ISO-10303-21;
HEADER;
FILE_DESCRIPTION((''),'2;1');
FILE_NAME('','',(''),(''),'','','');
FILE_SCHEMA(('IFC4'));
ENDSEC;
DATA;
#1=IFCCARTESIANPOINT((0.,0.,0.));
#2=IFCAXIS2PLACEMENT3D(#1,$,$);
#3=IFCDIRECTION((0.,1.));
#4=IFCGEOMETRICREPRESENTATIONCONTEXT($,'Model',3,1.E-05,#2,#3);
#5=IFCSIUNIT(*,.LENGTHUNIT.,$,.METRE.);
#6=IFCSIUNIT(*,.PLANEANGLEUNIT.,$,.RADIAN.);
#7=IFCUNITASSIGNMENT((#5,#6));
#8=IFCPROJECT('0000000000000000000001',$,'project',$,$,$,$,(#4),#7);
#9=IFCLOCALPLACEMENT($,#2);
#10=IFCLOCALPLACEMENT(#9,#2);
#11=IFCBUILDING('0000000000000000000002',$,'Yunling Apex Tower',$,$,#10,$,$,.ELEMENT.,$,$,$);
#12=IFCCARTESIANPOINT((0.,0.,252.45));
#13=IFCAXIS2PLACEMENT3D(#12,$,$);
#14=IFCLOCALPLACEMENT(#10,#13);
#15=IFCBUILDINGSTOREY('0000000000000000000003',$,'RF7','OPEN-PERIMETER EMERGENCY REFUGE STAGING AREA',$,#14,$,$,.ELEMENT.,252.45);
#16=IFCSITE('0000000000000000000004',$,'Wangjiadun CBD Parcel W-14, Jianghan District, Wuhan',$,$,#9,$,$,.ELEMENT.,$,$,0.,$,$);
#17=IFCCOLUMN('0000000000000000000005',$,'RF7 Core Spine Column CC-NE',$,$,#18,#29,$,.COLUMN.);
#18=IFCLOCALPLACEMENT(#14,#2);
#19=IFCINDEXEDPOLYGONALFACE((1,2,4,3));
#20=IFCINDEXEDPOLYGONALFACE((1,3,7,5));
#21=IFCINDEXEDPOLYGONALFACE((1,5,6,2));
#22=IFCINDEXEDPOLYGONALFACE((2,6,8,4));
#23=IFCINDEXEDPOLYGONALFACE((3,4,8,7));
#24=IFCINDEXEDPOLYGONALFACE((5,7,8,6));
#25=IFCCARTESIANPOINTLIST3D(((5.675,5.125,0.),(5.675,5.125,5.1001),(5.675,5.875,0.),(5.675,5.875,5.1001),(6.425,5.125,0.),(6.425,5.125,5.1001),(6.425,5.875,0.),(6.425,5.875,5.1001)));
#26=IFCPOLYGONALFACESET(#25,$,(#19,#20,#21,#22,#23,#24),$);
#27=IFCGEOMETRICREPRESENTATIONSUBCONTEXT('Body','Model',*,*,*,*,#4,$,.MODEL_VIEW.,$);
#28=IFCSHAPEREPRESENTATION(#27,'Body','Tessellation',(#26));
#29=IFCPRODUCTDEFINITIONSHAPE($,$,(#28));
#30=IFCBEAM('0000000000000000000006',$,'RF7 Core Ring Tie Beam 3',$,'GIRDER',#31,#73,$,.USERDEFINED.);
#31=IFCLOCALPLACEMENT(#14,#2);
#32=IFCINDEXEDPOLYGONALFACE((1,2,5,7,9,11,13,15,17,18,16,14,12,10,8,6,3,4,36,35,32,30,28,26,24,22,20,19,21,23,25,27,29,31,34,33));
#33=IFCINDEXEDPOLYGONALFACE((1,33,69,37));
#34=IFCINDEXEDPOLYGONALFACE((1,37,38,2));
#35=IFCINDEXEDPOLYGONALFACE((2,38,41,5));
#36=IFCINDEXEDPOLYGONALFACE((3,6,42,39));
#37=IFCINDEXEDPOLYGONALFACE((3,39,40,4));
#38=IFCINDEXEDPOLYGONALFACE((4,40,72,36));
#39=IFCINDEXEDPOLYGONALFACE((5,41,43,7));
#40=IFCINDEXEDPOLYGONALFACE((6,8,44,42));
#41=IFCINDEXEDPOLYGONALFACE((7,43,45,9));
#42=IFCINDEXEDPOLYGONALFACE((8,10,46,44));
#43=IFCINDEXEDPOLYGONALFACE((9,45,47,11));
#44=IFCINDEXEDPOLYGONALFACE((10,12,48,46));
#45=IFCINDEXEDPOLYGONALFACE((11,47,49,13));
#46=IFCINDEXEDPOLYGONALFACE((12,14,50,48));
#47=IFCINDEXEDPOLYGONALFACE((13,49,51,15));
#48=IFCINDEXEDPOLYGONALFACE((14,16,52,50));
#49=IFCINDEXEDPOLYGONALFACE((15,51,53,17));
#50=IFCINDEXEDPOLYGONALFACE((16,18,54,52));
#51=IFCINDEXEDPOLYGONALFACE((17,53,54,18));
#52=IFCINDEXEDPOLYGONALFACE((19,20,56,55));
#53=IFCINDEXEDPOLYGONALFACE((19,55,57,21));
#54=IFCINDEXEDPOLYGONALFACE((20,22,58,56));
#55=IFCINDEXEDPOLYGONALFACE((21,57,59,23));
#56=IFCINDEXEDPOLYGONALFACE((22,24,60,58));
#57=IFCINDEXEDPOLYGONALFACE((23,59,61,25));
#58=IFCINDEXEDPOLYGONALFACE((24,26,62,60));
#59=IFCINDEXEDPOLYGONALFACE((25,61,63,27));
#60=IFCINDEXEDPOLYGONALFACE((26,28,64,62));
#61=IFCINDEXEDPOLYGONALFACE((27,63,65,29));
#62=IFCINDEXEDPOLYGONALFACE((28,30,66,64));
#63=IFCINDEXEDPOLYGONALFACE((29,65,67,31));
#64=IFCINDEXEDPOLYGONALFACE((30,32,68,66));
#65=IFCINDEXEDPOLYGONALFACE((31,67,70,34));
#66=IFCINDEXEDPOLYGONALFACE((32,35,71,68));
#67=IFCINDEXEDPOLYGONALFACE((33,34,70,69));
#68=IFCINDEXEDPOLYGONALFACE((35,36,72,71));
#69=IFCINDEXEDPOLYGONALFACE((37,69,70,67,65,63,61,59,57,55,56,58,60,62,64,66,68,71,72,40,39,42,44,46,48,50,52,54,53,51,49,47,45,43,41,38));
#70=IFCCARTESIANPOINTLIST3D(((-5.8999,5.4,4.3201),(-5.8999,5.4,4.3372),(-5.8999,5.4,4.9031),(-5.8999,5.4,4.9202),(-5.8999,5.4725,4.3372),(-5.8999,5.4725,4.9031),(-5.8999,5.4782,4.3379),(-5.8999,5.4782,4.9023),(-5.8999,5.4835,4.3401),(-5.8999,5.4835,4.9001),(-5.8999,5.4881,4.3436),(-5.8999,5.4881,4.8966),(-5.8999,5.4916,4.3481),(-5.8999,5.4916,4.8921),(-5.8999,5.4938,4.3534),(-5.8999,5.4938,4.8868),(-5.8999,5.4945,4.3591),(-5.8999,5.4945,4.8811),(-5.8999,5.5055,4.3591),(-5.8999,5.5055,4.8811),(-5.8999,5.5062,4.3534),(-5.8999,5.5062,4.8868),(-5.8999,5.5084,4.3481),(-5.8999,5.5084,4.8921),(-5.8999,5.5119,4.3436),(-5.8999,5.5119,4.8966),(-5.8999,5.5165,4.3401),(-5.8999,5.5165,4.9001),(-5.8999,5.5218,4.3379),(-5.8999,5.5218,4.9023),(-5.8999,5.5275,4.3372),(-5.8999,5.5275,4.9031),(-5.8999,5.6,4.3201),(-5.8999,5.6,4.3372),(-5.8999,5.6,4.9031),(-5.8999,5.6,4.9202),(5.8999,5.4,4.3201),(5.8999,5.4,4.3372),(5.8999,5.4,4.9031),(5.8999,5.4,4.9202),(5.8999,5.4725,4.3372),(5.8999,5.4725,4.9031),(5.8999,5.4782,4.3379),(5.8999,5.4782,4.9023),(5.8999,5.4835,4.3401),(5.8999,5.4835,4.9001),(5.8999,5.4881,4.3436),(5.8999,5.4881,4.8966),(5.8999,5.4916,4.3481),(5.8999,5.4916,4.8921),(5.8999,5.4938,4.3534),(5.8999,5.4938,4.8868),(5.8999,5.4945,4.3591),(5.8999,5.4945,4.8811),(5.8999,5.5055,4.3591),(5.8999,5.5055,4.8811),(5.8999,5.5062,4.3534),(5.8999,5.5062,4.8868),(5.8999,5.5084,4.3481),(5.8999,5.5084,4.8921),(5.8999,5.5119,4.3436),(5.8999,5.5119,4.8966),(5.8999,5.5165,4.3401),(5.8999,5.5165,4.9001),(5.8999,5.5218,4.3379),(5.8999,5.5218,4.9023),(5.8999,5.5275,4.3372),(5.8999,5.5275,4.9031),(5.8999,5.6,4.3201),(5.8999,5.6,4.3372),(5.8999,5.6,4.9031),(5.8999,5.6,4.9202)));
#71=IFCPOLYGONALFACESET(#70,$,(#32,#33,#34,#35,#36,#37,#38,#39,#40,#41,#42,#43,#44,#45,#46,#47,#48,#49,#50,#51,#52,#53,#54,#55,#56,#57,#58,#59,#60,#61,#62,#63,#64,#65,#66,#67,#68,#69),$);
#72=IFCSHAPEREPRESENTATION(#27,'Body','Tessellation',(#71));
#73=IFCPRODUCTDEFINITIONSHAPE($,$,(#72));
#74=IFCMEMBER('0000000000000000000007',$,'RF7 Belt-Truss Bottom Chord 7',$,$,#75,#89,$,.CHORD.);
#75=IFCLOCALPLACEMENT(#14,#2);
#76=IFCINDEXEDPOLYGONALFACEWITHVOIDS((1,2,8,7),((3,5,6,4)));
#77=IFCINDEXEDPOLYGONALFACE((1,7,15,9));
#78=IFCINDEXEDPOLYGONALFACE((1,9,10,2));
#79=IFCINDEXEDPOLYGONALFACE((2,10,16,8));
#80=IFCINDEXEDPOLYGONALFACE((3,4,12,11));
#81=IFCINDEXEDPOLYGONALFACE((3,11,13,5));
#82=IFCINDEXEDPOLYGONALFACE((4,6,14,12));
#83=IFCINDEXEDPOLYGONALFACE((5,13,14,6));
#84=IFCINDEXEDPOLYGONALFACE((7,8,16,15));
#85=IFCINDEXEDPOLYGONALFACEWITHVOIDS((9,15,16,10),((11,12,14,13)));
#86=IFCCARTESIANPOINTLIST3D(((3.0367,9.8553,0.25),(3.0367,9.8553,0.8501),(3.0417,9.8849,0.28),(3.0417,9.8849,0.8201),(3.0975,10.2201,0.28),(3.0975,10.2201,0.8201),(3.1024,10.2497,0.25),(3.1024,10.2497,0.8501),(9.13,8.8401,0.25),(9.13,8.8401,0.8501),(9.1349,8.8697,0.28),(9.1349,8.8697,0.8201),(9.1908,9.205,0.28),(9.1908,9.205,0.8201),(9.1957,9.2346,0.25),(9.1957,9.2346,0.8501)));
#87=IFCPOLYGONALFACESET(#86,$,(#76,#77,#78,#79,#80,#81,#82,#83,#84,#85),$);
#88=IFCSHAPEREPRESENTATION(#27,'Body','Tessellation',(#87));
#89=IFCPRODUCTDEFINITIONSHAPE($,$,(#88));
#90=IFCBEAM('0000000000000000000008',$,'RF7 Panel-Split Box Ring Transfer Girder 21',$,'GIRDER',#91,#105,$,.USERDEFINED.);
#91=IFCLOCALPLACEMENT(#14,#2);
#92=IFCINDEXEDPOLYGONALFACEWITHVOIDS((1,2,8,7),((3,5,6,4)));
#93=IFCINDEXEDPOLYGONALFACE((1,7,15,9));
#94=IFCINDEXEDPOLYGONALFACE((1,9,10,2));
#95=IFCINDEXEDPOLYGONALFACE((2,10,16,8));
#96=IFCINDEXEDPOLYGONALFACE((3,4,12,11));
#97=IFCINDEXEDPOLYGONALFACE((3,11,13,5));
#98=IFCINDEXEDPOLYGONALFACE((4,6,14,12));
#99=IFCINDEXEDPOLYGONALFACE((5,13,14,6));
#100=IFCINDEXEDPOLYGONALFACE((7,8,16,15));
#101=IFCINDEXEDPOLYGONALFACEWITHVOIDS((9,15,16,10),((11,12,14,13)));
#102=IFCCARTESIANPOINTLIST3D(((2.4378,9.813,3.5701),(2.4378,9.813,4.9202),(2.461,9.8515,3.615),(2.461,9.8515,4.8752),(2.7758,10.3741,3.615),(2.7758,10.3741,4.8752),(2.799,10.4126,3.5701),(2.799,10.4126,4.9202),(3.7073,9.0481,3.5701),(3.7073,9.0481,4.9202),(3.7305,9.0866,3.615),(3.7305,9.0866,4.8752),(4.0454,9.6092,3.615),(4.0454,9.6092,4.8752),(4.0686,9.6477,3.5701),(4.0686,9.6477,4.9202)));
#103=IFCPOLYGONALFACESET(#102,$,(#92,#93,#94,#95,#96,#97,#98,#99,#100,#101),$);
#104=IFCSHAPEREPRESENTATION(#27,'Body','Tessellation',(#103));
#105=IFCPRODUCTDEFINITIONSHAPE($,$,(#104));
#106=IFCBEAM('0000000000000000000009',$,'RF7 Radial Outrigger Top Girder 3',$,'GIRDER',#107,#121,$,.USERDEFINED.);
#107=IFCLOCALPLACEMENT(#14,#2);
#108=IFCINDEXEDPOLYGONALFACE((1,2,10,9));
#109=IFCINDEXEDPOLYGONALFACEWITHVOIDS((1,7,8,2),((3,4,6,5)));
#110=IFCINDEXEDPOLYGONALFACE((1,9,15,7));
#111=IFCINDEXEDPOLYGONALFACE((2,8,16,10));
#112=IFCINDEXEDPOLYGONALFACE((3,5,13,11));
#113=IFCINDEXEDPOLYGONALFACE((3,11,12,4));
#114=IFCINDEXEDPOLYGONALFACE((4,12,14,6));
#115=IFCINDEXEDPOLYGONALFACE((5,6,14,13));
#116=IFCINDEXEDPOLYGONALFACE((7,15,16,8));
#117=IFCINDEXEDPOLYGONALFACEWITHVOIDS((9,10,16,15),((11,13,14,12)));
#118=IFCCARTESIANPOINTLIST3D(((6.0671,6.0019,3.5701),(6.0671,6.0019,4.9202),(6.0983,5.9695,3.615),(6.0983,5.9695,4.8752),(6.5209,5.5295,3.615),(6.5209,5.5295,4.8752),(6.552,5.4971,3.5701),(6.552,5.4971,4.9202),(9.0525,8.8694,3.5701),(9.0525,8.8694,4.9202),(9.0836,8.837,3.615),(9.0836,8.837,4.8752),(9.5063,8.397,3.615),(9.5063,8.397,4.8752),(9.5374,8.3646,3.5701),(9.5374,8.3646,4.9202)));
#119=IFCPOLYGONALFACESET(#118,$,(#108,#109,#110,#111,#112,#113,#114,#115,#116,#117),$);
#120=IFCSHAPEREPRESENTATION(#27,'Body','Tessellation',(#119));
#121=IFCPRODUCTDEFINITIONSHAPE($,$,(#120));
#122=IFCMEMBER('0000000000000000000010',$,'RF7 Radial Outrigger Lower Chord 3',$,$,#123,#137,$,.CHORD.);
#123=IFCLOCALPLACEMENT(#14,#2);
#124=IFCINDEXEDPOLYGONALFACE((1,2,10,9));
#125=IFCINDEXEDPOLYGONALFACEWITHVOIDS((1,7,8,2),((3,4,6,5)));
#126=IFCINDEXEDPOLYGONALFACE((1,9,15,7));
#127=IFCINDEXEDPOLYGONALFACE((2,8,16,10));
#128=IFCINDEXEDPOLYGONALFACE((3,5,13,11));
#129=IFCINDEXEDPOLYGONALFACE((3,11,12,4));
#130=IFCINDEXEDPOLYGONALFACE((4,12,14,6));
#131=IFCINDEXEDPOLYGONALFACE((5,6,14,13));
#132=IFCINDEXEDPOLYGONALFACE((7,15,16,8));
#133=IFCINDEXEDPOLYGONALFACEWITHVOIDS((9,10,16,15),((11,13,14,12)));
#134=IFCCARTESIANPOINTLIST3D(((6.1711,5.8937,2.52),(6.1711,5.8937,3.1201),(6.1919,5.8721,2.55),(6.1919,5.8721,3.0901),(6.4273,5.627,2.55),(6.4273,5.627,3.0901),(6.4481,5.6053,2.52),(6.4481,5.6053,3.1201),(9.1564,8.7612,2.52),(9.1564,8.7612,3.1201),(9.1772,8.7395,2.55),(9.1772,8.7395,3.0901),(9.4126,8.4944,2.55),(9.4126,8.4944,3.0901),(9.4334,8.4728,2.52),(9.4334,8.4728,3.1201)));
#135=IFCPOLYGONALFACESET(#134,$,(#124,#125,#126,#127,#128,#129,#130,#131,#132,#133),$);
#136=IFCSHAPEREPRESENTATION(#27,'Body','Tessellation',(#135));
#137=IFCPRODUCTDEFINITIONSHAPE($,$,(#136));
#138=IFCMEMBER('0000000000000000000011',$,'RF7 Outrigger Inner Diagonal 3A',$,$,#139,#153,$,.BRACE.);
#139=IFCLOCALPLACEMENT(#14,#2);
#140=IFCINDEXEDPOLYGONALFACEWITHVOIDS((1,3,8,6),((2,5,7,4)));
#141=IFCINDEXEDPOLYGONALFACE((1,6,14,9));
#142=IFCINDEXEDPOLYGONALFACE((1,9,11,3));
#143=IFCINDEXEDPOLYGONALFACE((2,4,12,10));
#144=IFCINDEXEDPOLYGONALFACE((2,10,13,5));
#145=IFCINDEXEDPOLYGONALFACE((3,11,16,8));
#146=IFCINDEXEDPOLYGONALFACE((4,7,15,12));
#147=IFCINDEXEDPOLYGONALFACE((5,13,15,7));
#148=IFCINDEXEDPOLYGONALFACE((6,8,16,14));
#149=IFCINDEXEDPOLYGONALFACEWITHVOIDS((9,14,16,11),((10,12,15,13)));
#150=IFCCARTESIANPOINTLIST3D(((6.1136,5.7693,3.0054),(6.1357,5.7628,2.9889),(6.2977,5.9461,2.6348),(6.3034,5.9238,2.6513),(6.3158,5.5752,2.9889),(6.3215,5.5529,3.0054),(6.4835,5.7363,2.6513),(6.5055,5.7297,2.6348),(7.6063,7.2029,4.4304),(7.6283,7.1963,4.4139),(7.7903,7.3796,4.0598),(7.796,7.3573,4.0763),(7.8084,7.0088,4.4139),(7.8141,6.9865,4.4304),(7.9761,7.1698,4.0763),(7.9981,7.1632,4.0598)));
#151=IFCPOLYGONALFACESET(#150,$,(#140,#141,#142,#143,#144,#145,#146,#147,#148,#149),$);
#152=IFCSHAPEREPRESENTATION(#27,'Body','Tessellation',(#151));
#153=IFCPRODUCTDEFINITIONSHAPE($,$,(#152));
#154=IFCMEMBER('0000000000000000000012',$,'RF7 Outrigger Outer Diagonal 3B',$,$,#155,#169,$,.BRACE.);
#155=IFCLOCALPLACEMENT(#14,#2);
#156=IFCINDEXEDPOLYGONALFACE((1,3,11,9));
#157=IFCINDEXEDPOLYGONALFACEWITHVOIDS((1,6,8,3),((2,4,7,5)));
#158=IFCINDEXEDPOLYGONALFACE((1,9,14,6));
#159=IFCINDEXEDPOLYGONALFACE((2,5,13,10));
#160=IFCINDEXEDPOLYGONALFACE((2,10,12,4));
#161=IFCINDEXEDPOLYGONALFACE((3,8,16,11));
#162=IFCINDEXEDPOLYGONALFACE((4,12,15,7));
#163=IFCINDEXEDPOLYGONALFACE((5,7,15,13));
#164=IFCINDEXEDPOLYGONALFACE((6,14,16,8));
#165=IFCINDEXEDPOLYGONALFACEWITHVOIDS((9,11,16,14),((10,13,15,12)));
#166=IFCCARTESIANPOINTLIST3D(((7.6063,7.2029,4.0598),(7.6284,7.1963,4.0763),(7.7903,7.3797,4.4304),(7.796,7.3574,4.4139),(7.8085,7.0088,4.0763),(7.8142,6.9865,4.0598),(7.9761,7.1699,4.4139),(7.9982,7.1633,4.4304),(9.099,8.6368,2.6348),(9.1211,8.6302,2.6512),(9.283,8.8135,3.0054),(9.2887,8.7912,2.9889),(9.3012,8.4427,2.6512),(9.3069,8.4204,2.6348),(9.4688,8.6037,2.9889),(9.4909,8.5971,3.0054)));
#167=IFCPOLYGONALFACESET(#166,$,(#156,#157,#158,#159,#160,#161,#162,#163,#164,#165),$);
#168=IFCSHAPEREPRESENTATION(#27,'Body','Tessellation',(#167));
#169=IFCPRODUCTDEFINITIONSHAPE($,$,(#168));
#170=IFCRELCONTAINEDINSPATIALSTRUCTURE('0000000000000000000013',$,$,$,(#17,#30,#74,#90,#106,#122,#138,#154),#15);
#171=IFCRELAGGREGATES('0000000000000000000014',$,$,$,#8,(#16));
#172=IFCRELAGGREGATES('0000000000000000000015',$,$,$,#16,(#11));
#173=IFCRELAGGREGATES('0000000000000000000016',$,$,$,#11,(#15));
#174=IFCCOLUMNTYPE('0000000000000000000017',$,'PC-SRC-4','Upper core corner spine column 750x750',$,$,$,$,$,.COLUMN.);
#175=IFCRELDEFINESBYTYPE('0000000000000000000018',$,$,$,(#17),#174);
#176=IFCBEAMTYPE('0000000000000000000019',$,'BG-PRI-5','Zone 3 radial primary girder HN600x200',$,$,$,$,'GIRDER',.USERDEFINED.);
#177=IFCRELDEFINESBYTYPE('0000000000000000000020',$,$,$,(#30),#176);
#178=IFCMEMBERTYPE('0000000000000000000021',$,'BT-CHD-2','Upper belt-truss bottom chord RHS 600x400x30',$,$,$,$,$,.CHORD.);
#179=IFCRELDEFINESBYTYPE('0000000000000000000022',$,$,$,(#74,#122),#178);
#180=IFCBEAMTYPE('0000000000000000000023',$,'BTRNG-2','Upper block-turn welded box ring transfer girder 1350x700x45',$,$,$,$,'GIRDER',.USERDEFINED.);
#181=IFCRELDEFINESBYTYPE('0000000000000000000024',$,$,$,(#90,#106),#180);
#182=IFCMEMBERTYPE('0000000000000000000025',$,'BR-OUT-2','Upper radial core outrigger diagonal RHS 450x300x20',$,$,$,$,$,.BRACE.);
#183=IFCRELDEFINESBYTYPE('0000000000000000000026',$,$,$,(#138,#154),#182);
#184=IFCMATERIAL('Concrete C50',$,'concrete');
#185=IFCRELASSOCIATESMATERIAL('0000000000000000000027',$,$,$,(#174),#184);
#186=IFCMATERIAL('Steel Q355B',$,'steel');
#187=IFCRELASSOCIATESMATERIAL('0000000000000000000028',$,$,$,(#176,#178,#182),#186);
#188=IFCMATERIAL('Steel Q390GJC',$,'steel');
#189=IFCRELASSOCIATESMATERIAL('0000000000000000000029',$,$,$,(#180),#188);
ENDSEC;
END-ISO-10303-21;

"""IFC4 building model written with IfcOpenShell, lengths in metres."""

from ifc_helpers import new_model, si_unit, direction, frame, origin, origin_2d, place, context, subcontext, project, spatial, rectangle, hollow_rectangle, i_section, extrude, source, transform, mapped, material, material_profile, profile_set, type_object, element, save


model = new_model("IFC4")

# Units and contexts
model_context = context("Model", 3, precision=1e-05, world=origin(), true_north=direction((0.0, 1.0)))
body_context = subcontext(model_context, "Body", "Model", "MODEL_VIEW")
ifc_project = project(units=[si_unit("LENGTHUNIT", "METRE"), si_unit("PLANEANGLEUNIT", "RADIAN")], contexts=[model_context])

# Site, building, storey
site_placement = place(None, origin())
site = spatial("IfcSite", under=ifc_project, at=site_placement, Name="Wangjiadun CBD Parcel W-14, Jianghan District, Wuhan", CompositionType="ELEMENT", RefElevation=0.0)
building_placement = place(site_placement, origin())
building = spatial("IfcBuilding", under=site, at=building_placement, Name="Yunling Apex Tower", CompositionType="ELEMENT")
storey_placement = place(building_placement, frame((0.0, 0.0, 252.45)))
storey = spatial("IfcBuildingStorey", under=building, at=storey_placement, Name="RF7", Description="OPEN-PERIMETER EMERGENCY REFUGE STAGING AREA", CompositionType="ELEMENT", Elevation=252.45)

# Column
ifc_material_1 = material(Name="Concrete C50", Category="concrete")
ifc_material_profile_1 = material_profile(ifc_material_1, rectangle(XDim=0.75, YDim=0.75, at=origin_2d()))
ifc_profile_set_1 = profile_set([ifc_material_profile_1], Name="Concrete C50")
column_type = type_object("IfcColumnType", Name="PC-SRC-4", Description="Upper core corner spine column 750x750", PredefinedType="COLUMN", material=ifc_profile_set_1)
shared_shape_1 = source(origin(), body_context, "Body", "SweptSolid", [
    extrude(rectangle(XDim=0.75, YDim=0.75, at=origin_2d()), origin(), (0.0, 0.0, 1.0), 5.1001),
])
column_placement = place(storey_placement, frame((6.05, 5.5, 0.0), z_axis=(0.0, 0.0, 1.0), x_axis=(1.0, 0.0, 0.0)))
element("IfcColumn", 1, at=column_placement, inside=storey, type_object=column_type, Name="RF7 Core Spine Column CC-NE", PredefinedType="COLUMN", context=body_context, shape_type="MappedRepresentation", body=[
    mapped(shared_shape_1, transform((0.0, 0.0, 0.0), scale=1.0)),
])

# Beam
ifc_material_2 = material(Name="Steel Q355B", Category="steel")
ifc_material_profile_2 = material_profile(ifc_material_2, i_section(OverallWidth=0.2, OverallDepth=0.6001, WebThickness=0.011, FlangeThickness=0.0171, FilletRadius=0.022, at=origin_2d()))
ifc_profile_set_2 = profile_set([ifc_material_profile_2], Name="Steel Q355B")
beam_type_1 = type_object("IfcBeamType", Name="BG-PRI-5", Description="Zone 3 radial primary girder HN600x200", ElementType="GIRDER", PredefinedType="USERDEFINED", material=ifc_profile_set_2)
shared_shape_2 = source(origin(), body_context, "Body", "SweptSolid", [
    extrude(i_section(OverallWidth=0.2, OverallDepth=0.6001, WebThickness=0.011, FlangeThickness=0.0171, FilletRadius=0.022, at=origin_2d()), origin(), (0.0, 0.0, 1.0), 11.7998),
])
beam_1_placement = place(storey_placement, frame((5.8999, 5.5, 4.6201), z_axis=(-1.0, 0.0, 0.0), x_axis=(0.0, -1.0, 0.0)))
element("IfcBeam", 2, at=beam_1_placement, inside=storey, type_object=beam_type_1, Name="RF7 Core Ring Tie Beam 3", ObjectType="GIRDER", PredefinedType="USERDEFINED", context=body_context, shape_type="MappedRepresentation", body=[
    mapped(shared_shape_2, transform((0.0, 0.0, 0.0), scale=1.0)),
])

# Member
ifc_material_profile_3 = material_profile(ifc_material_2, hollow_rectangle(XDim=0.3999, YDim=0.6001, WallThickness=0.03, at=origin_2d()))
ifc_profile_set_3 = profile_set([ifc_material_profile_3], Name="Steel Q355B")
member_type_1 = type_object("IfcMemberType", Name="BT-CHD-2", Description="Upper belt-truss bottom chord RHS 600x400x30", PredefinedType="CHORD", material=ifc_profile_set_3)
shared_shape_3 = source(origin(), body_context, "Body", "SweptSolid", [
    extrude(hollow_rectangle(XDim=0.3999, YDim=0.6001, WallThickness=0.03, at=origin_2d()), origin(), (0.0, 0.0, 1.0), 6.1772),
])
member_1_placement = place(storey_placement, frame((9.1628, 9.0374, 0.55), z_axis=(-0.986405, 0.164335, 0.0), x_axis=(-0.164335, -0.986405, 0.0)))
element("IfcMember", 3, at=member_1_placement, inside=storey, type_object=member_type_1, Name="RF7 Belt-Truss Bottom Chord 7", PredefinedType="CHORD", context=body_context, shape_type="MappedRepresentation", body=[
    mapped(shared_shape_3, transform((0.0, 0.0, 0.0), scale=1.0)),
])

# Beams
ifc_material_3 = material(Name="Steel Q390GJC", Category="steel")
ifc_material_profile_4 = material_profile(ifc_material_3, hollow_rectangle(XDim=0.7, YDim=1.3501, WallThickness=0.0449, at=origin_2d()))
ifc_profile_set_4 = profile_set([ifc_material_profile_4], Name="Steel Q390GJC")
beam_type_2 = type_object("IfcBeamType", Name="BTRNG-2", Description="Upper block-turn welded box ring transfer girder 1350x700x45", ElementType="GIRDER", PredefinedType="USERDEFINED", material=ifc_profile_set_4)
shared_shape_4 = source(origin(), body_context, "Body", "SweptSolid", [
    extrude(hollow_rectangle(XDim=0.7, YDim=1.3501, WallThickness=0.0449, at=origin_2d()), origin(), (0.0, 0.0, 1.0), 1.4822),
])
beam_2_placement = place(storey_placement, frame((3.8879, 9.3479, 4.2451), z_axis=(-0.856547, 0.516069, 0.0), x_axis=(-0.516069, -0.856547, 0.0)))
element("IfcBeam", 4, at=beam_2_placement, inside=storey, type_object=beam_type_2, Name="RF7 Panel-Split Box Ring Transfer Girder 21", ObjectType="GIRDER", PredefinedType="USERDEFINED", context=body_context, shape_type="MappedRepresentation", body=[
    mapped(shared_shape_4, transform((0.0, 0.0, 0.0), scale=1.0)),
])
shared_shape_5 = source(origin(), body_context, "Body", "SweptSolid", [
    extrude(hollow_rectangle(XDim=0.7, YDim=1.3501, WallThickness=0.0449, at=origin_2d()), origin(), (0.0, 0.0, 1.0), 4.1394),
])
beam_3_placement = place(storey_placement, frame((6.3096, 5.7495, 4.2451), z_axis=(0.721207, 0.69272, 0.0), x_axis=(-0.69272, 0.721207, 0.0)))
element("IfcBeam", 5, at=beam_3_placement, inside=storey, type_object=beam_type_2, Name="RF7 Radial Outrigger Top Girder 3", ObjectType="GIRDER", PredefinedType="USERDEFINED", context=body_context, shape_type="MappedRepresentation", body=[
    mapped(shared_shape_5, transform((0.0, 0.0, 0.0), scale=1.0)),
])

# Members
shared_shape_6 = source(origin(), body_context, "Body", "SweptSolid", [
    extrude(hollow_rectangle(XDim=0.3999, YDim=0.6001, WallThickness=0.03, at=origin_2d()), origin(), (0.0, 0.0, 1.0), 4.1394),
])
member_2_placement = place(storey_placement, frame((6.3096, 5.7495, 2.8201), z_axis=(0.721207, 0.69272, 0.0), x_axis=(-0.69272, 0.721207, 0.0)))
element("IfcMember", 6, at=member_2_placement, inside=storey, type_object=member_type_1, Name="RF7 Radial Outrigger Lower Chord 3", PredefinedType="CHORD", context=body_context, shape_type="MappedRepresentation", body=[
    mapped(shared_shape_6, transform((0.0, 0.0, 0.0), scale=1.0)),
])
ifc_material_profile_5 = material_profile(ifc_material_2, hollow_rectangle(XDim=0.3, YDim=0.45, WallThickness=0.02, at=origin_2d()))
ifc_profile_set_5 = profile_set([ifc_material_profile_5], Name="Steel Q355B")
member_type_2 = type_object("IfcMemberType", Name="BR-OUT-2", Description="Upper radial core outrigger diagonal RHS 450x300x20", PredefinedType="BRACE", material=ifc_profile_set_5)
shared_shape_7 = source(origin(), body_context, "Body", "SweptSolid", [
    extrude(hollow_rectangle(XDim=0.3, YDim=0.45, WallThickness=0.02, at=origin_2d()), origin(), (0.0, 0.0, 1.0), 2.5127),
])
member_3_placement = place(storey_placement, frame((6.3096, 5.7495, 2.8201), z_axis=(0.594035, 0.570522, 0.567122), x_axis=(-0.692689, 0.721236, 0.0)))
element("IfcMember", 7, at=member_3_placement, inside=storey, type_object=member_type_2, Name="RF7 Outrigger Inner Diagonal 3A", PredefinedType="BRACE", context=body_context, shape_type="MappedRepresentation", body=[
    mapped(shared_shape_7, transform((0.0, 0.0, 0.0), scale=1.0)),
])
shared_shape_8 = source(origin(), body_context, "Body", "SweptSolid", [
    extrude(hollow_rectangle(XDim=0.3, YDim=0.45, WallThickness=0.02, at=origin_2d()), origin(), (0.0, 0.0, 1.0), 2.5129),
])
member_4_placement = place(storey_placement, frame((7.8022, 7.1831, 4.2451), z_axis=(0.594002, 0.570588, -0.56709), x_axis=(-0.69275, 0.721178, 0.0)))
element("IfcMember", 8, at=member_4_placement, inside=storey, type_object=member_type_2, Name="RF7 Outrigger Outer Diagonal 3B", PredefinedType="BRACE", context=body_context, shape_type="MappedRepresentation", body=[
    mapped(shared_shape_8, transform((0.0, 0.0, 0.0), scale=1.0)),
])

save(model, "model.ifc")
